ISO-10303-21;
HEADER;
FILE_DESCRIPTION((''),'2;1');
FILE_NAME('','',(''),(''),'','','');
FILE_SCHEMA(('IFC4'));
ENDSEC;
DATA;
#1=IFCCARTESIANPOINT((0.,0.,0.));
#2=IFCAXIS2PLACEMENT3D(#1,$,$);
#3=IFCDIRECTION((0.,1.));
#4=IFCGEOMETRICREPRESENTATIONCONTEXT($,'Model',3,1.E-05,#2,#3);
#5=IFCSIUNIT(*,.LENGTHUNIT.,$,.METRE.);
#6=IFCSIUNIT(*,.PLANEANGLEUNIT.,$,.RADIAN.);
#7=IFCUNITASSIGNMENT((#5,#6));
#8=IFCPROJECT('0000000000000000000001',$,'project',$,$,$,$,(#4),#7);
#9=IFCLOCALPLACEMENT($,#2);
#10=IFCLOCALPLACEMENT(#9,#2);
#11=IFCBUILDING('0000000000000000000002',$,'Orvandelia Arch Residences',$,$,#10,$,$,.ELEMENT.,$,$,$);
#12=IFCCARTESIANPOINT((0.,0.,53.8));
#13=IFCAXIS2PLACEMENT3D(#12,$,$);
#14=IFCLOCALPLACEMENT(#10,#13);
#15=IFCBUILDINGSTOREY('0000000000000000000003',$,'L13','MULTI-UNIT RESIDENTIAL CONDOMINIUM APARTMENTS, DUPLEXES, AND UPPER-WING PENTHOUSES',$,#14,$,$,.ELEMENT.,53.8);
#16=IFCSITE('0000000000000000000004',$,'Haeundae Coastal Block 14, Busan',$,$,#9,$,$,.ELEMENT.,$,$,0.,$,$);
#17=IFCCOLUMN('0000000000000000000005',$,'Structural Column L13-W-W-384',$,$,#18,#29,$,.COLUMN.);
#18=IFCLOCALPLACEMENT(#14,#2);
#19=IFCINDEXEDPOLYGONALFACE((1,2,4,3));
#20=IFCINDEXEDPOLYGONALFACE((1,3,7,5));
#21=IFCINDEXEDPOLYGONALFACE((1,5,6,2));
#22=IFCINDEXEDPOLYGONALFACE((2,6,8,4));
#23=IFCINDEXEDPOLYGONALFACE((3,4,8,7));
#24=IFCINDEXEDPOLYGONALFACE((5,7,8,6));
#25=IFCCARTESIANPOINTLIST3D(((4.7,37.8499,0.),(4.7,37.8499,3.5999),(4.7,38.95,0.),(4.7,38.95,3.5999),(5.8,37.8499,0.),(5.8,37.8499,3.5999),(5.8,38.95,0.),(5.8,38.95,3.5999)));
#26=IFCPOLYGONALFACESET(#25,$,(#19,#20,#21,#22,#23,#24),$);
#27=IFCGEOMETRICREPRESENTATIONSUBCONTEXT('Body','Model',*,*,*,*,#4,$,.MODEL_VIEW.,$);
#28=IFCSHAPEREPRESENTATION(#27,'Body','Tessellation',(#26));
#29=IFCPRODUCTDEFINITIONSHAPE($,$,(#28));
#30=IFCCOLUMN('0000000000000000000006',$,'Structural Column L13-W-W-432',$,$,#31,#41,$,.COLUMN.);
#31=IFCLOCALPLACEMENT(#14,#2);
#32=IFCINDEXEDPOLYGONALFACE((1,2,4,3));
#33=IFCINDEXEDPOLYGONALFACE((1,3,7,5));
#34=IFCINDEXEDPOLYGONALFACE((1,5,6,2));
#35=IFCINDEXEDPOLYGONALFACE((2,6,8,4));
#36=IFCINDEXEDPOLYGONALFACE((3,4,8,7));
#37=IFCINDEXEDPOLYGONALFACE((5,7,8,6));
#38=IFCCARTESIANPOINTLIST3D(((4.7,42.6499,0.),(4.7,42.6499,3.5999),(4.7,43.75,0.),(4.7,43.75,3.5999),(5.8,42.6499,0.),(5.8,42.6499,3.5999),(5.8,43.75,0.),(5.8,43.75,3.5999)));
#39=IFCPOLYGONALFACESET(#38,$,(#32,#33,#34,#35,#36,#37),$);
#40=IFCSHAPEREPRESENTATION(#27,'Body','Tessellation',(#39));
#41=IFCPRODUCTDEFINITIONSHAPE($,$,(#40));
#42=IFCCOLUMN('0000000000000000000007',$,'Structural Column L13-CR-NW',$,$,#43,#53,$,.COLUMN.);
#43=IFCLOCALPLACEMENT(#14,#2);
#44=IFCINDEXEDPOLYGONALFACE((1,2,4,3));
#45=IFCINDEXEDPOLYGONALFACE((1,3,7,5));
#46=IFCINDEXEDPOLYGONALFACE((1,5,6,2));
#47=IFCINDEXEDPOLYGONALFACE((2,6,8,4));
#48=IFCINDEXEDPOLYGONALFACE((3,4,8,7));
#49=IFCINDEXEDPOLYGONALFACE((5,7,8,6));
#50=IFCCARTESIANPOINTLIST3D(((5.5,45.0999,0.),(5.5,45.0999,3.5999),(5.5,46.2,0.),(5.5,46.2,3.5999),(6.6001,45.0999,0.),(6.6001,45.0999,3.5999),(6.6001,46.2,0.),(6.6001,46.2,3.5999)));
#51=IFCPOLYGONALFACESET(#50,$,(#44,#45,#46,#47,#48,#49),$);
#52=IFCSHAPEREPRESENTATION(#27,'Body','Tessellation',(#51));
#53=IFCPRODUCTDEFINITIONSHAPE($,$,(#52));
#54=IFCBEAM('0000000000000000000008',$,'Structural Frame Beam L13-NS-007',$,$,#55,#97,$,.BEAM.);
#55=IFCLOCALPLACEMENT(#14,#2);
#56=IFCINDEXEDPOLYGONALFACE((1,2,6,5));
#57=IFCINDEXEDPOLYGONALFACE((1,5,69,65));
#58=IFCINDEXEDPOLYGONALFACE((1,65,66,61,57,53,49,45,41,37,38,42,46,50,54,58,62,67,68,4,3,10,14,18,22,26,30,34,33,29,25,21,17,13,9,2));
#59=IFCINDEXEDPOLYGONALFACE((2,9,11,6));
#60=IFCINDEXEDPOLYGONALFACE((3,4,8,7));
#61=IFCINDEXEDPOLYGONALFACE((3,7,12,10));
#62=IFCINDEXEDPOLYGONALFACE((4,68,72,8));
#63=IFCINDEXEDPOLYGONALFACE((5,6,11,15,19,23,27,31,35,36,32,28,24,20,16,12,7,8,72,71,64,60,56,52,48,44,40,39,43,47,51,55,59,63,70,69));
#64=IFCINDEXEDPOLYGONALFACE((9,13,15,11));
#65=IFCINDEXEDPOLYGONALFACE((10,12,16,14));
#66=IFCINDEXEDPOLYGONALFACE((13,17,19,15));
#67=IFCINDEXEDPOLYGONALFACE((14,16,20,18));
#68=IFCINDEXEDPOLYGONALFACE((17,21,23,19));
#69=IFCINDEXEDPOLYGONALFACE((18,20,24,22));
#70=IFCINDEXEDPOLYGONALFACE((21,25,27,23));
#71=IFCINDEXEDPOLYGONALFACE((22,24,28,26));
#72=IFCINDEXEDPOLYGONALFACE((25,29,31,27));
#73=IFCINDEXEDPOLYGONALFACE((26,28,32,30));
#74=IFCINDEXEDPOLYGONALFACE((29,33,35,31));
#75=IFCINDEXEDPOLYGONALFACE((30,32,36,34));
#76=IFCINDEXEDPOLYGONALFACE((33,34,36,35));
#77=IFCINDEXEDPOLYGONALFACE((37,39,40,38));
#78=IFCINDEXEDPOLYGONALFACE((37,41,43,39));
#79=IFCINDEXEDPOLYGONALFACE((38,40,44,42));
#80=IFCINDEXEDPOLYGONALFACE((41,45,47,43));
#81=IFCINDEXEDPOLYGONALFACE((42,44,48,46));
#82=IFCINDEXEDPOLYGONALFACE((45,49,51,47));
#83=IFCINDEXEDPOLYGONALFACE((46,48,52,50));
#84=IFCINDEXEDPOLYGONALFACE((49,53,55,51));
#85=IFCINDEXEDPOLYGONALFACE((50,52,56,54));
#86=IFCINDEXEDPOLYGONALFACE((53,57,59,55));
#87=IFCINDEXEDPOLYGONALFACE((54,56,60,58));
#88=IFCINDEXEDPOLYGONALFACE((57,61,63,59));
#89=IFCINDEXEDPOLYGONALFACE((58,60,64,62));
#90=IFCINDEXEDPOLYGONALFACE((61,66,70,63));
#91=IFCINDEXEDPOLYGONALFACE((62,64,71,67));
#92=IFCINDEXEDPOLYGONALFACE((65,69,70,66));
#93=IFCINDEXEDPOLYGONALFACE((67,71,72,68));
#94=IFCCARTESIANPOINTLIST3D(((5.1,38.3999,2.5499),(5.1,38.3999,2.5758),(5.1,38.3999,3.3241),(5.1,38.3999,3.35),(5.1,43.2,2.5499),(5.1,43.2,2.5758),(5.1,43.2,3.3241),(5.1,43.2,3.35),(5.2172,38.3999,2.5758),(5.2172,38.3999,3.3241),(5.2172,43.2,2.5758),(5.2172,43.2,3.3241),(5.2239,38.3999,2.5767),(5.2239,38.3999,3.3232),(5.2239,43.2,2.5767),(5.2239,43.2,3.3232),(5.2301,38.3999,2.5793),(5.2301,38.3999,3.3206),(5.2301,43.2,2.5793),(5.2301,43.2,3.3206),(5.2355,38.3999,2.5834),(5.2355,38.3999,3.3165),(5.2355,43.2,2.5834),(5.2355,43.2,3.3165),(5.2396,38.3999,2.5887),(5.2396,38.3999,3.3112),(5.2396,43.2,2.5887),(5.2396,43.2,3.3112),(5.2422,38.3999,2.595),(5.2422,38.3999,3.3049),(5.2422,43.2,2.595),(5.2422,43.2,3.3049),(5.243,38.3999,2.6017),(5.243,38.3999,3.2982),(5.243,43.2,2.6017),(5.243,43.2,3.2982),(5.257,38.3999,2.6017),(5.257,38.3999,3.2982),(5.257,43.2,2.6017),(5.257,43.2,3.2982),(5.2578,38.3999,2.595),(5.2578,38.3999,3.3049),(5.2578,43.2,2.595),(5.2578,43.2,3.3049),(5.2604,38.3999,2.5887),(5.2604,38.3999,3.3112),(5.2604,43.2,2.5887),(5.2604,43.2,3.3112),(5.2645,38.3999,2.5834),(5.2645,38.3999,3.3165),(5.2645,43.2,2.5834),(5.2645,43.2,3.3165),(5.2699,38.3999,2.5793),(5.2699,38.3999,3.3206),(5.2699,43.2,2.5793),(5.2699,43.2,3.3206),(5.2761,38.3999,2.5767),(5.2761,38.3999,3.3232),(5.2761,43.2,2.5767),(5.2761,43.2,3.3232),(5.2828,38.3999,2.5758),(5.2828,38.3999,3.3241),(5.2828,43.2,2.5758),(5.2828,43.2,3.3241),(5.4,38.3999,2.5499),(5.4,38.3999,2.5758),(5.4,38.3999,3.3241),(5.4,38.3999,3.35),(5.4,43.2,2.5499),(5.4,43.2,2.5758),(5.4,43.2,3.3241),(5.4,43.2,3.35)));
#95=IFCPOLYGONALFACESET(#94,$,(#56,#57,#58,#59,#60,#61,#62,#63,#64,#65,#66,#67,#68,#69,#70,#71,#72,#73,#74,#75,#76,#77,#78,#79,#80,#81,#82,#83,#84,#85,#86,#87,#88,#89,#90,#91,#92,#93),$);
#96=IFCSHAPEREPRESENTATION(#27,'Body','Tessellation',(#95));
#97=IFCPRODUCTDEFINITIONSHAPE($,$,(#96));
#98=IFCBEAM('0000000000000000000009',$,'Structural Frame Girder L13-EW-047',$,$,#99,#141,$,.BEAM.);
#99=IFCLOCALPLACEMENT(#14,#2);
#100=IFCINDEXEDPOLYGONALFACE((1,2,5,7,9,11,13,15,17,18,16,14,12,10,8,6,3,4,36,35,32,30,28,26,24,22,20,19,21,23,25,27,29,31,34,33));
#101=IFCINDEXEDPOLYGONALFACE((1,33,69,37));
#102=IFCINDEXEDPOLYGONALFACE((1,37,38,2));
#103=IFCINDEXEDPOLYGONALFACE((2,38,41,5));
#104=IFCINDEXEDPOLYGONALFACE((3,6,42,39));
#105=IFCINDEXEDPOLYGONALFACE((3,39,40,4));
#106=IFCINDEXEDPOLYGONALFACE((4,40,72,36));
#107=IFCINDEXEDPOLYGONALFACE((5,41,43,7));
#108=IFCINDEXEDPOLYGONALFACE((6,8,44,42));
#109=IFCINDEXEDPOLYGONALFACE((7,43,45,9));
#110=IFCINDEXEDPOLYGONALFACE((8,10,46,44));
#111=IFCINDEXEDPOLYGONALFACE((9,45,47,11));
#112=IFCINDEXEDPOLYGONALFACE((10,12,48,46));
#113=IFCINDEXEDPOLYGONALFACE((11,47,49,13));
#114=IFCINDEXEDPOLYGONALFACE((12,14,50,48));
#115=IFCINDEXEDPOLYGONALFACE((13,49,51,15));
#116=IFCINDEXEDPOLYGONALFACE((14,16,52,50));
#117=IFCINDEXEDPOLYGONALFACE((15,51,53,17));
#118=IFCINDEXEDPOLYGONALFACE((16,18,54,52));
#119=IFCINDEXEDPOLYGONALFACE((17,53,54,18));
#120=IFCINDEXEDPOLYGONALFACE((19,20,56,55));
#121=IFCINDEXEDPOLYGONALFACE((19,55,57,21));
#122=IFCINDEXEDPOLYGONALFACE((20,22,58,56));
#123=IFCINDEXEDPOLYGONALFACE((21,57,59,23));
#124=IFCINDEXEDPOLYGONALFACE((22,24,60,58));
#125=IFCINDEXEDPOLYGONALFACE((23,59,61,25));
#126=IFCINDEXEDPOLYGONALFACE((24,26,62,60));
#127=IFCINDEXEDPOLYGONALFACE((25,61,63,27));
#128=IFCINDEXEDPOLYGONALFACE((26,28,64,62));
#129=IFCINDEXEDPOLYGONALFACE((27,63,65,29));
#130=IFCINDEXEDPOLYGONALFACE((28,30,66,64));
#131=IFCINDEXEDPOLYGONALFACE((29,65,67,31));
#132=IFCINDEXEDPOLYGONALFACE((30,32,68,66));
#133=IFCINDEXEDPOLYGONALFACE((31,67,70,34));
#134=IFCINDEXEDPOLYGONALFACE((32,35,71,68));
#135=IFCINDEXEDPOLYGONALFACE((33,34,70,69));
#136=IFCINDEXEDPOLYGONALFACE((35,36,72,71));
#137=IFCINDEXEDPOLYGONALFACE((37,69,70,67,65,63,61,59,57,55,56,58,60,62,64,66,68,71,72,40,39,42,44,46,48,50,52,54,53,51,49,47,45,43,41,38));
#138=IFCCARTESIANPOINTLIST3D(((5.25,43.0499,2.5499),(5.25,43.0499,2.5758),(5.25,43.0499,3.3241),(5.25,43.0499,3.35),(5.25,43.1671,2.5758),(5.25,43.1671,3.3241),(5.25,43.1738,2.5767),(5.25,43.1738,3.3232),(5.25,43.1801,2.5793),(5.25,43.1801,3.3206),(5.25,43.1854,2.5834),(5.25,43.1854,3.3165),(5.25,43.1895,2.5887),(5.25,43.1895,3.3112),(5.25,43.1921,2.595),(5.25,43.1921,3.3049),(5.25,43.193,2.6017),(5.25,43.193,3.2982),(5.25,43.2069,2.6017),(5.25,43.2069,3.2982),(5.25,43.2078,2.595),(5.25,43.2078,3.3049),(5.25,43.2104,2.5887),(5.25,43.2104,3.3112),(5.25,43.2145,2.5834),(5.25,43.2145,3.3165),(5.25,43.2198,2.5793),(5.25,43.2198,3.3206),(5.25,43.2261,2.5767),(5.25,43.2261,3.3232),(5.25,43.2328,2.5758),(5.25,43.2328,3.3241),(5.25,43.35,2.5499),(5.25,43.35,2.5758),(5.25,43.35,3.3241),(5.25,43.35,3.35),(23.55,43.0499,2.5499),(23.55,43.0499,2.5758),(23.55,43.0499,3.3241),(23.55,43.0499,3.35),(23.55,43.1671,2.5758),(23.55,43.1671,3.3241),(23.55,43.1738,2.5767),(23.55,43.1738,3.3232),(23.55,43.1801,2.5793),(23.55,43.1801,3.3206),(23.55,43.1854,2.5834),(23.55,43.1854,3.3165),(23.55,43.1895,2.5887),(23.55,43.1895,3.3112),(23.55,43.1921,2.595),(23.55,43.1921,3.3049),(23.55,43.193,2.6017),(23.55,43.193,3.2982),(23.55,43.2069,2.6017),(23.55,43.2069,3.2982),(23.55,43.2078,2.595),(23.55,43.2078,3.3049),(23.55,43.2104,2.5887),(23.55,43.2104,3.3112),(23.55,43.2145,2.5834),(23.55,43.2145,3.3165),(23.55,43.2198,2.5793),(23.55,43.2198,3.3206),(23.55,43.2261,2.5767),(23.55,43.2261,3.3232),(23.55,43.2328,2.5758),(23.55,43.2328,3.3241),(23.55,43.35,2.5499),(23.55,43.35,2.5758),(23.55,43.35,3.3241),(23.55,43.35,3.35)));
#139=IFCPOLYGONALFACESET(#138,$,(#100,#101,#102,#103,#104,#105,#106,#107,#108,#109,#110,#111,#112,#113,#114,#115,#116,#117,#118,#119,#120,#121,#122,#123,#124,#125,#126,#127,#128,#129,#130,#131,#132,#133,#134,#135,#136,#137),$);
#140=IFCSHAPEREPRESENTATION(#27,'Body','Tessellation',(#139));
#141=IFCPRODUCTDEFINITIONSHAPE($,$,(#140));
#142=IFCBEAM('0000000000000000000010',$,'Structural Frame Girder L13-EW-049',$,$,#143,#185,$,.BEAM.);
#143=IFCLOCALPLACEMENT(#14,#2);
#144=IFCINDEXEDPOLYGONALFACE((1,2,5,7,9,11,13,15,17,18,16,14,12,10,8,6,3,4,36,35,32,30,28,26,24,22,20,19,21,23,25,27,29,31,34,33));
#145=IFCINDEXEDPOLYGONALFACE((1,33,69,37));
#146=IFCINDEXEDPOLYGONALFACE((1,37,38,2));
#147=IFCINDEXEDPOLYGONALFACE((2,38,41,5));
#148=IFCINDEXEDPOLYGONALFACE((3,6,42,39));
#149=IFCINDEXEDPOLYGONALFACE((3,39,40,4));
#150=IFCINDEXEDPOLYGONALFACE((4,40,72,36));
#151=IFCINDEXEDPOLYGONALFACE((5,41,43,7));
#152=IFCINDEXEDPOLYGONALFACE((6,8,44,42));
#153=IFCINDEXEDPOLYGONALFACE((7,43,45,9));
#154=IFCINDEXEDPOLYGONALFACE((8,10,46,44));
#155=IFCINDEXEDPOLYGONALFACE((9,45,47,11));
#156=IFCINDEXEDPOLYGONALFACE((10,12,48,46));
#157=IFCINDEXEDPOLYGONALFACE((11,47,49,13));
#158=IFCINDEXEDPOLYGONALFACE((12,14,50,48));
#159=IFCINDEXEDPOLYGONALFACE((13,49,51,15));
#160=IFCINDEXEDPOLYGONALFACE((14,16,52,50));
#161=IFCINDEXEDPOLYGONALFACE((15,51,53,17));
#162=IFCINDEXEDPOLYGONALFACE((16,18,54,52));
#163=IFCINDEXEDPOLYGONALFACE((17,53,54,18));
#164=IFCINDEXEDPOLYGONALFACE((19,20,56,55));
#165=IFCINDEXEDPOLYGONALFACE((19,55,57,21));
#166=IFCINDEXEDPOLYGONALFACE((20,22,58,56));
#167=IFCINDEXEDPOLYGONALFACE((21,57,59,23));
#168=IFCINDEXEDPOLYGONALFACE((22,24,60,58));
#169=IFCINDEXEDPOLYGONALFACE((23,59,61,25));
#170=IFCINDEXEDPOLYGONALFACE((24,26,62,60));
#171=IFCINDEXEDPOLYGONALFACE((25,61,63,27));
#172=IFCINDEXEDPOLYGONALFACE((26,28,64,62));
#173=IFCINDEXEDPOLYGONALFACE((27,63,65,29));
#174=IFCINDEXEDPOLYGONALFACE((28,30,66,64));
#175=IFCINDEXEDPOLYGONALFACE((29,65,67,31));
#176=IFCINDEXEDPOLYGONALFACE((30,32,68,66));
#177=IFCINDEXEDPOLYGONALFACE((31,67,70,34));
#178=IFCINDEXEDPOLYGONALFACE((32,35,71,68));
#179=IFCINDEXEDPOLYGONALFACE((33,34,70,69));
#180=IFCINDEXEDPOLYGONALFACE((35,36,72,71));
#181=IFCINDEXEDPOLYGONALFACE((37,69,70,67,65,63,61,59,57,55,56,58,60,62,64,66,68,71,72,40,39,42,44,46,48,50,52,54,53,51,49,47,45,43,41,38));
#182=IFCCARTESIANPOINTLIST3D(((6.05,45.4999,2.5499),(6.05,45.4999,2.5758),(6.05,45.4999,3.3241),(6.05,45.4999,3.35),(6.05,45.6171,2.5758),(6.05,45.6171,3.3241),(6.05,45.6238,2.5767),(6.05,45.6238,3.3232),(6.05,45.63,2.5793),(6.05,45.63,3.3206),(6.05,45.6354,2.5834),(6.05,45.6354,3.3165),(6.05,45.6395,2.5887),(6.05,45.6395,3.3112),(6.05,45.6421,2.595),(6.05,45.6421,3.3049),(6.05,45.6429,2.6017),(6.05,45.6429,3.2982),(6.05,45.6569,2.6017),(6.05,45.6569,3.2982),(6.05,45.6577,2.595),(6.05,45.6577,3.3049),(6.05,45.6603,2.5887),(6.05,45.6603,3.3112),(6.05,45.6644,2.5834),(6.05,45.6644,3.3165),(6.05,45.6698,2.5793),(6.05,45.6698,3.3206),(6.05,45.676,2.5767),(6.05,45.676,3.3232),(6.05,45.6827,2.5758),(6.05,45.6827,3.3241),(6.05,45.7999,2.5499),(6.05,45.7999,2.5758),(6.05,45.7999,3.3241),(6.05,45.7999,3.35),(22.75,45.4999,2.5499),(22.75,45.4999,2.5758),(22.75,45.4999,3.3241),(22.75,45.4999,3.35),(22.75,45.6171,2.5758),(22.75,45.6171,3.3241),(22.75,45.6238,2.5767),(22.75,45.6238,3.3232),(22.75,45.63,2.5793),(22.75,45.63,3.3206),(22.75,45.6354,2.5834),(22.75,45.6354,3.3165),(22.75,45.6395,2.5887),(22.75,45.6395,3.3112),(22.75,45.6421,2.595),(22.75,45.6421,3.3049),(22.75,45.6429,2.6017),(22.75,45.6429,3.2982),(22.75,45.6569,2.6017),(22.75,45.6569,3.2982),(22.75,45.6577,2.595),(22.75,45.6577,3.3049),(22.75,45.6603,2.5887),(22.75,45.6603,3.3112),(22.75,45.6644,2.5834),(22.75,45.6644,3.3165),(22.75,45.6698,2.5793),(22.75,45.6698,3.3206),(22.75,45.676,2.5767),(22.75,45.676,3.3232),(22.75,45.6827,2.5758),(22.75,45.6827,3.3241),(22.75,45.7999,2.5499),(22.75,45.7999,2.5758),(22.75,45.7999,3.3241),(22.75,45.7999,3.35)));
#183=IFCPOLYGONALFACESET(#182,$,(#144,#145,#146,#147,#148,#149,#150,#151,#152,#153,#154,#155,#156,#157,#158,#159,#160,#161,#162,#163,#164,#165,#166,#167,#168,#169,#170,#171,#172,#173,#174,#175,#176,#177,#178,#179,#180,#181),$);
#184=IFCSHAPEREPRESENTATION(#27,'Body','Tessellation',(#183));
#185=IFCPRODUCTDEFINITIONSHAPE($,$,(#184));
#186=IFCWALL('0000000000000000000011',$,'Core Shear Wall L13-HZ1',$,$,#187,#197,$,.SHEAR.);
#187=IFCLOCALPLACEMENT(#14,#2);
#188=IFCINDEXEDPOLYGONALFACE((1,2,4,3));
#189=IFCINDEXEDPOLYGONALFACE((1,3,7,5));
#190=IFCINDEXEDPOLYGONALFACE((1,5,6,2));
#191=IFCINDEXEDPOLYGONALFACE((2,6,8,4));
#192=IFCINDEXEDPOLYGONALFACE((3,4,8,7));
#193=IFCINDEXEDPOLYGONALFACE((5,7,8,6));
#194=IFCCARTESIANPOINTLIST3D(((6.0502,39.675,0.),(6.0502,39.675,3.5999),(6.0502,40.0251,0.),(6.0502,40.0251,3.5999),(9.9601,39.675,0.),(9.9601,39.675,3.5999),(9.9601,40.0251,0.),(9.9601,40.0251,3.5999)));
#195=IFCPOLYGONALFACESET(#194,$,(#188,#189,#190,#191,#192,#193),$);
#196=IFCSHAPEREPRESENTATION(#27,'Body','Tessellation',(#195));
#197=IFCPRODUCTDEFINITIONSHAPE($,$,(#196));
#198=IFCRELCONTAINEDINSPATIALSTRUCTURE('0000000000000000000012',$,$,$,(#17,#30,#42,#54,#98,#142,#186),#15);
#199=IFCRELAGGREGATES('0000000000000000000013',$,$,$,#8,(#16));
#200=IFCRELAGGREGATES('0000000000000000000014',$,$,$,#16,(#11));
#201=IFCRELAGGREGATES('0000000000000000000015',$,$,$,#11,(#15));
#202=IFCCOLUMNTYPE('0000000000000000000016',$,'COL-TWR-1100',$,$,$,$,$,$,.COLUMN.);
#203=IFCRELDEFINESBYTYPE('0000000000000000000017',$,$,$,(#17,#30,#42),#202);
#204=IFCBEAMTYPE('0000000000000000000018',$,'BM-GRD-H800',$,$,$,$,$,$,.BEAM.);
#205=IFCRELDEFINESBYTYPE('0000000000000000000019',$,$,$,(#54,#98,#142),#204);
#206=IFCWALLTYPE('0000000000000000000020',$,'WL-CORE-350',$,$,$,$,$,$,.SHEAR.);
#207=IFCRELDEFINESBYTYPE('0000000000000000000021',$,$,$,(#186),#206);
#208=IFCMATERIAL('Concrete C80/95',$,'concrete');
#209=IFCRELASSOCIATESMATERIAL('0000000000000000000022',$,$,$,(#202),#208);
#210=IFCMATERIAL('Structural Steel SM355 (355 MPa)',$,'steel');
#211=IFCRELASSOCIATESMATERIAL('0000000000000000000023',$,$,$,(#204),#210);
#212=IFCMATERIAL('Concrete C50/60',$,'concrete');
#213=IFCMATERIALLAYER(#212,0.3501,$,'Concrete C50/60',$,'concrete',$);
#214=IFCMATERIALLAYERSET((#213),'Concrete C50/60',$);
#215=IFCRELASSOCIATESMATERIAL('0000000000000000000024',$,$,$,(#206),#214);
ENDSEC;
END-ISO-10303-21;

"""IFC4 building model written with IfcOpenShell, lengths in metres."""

from ifc_helpers import new_model, si_unit, direction, frame, frame_2d, origin, origin_2d, place, context, subcontext, project, spatial, rectangle, i_section, extrude, material, layer, layer_set, material_profile, profile_set, type_object, element, save


model = new_model("IFC4")

# Units and contexts
model_context = context("Model", 3, precision=1e-05, world=origin(), true_north=direction((0.0, 1.0)))
body_context = subcontext(model_context, "Body", "Model", "MODEL_VIEW")
ifc_project = project(units=[si_unit("LENGTHUNIT", "METRE"), si_unit("PLANEANGLEUNIT", "RADIAN")], contexts=[model_context])

# Site, building, storey
site_placement = place(None, origin())
site = spatial("IfcSite", under=ifc_project, at=site_placement, Name="Haeundae Coastal Block 14, Busan", CompositionType="ELEMENT", RefElevation=0.0)
building_placement = place(site_placement, origin())
building = spatial("IfcBuilding", under=site, at=building_placement, Name="Orvandelia Arch Residences", CompositionType="ELEMENT")
storey_placement = place(building_placement, frame((0.0, 0.0, 53.8)))
storey = spatial("IfcBuildingStorey", under=building, at=storey_placement, Name="L13", Description="MULTI-UNIT RESIDENTIAL CONDOMINIUM APARTMENTS, DUPLEXES, AND UPPER-WING PENTHOUSES", CompositionType="ELEMENT", Elevation=53.8)

# Columns
ifc_material_1 = material(Name="Concrete C80/95", Category="concrete")
ifc_material_profile_1 = material_profile(ifc_material_1, rectangle(XDim=1.1001, YDim=1.1001, at=origin_2d()), Name="Concrete C80/95", Category="concrete")
ifc_profile_set_1 = profile_set([ifc_material_profile_1], Name="Concrete C80/95")
column_type = type_object("IfcColumnType", Name="COL-TWR-1100", PredefinedType="COLUMN", material=ifc_profile_set_1)
for number, where, z_axis, x_axis, name in (
    (1, (5.25, 38.3999, 0.0), (0.0, 0.0, 1.0), (1.0, 0.0, 0.0), "Structural Column L13-W-W-384"),
    (2, (5.25, 43.2, 0.0), (0.0, 0.0, 1.0), (1.0, 0.0, 0.0), "Structural Column L13-W-W-432"),
    (3, (6.05, 45.6499, 0.0), (0.0, 0.0, 1.0), (1.0, 0.0, 0.0), "Structural Column L13-CR-NW"),
):
    element("IfcColumn", number, at=place(storey_placement, frame(where, z_axis=z_axis, x_axis=x_axis)), inside=storey, type_object=column_type, Name=name, PredefinedType="COLUMN", context=body_context, shape_type="SweptSolid", body=[
        extrude(rectangle(XDim=1.1001, YDim=1.1001, at=origin_2d()), origin(), (0.0, 0.0, 1.0), 3.5999),
    ])

# Beams
ifc_material_2 = material(Name="Structural Steel SM355 (355 MPa)", Category="steel")
ifc_material_profile_2 = material_profile(ifc_material_2, i_section(OverallWidth=0.3, OverallDepth=0.8, WebThickness=0.0139, FlangeThickness=0.0259, FilletRadius=0.0259, at=origin_2d()), Name="Structural Steel SM355 (355 MPa)", Category="steel")
ifc_profile_set_2 = profile_set([ifc_material_profile_2], Name="Structural Steel SM355 (355 MPa)")
beam_type = type_object("IfcBeamType", Name="BM-GRD-H800", PredefinedType="BEAM", material=ifc_profile_set_2)
beam_1_placement = place(storey_placement, frame((5.25, 38.3999, 2.95), z_axis=(0.0, 1.0, 0.0), x_axis=(-1.0, 0.0, 0.0)))
element("IfcBeam", 4, at=beam_1_placement, inside=storey, type_object=beam_type, Name="Structural Frame Beam L13-NS-007", PredefinedType="BEAM", context=body_context, shape_type="SweptSolid", body=[
    extrude(i_section(OverallWidth=0.3, OverallDepth=0.8, WebThickness=0.0139, FlangeThickness=0.0259, FilletRadius=0.0259, at=origin_2d()), origin(), (0.0, 0.0, 1.0), 4.8),
])
beam_2_placement = place(storey_placement, frame((5.25, 43.2, 2.95), z_axis=(1.0, 0.0, 0.0), x_axis=(0.0, 1.0, 0.0)))
element("IfcBeam", 5, at=beam_2_placement, inside=storey, type_object=beam_type, Name="Structural Frame Girder L13-EW-047", PredefinedType="BEAM", context=body_context, shape_type="SweptSolid", body=[
    extrude(i_section(OverallWidth=0.3, OverallDepth=0.8, WebThickness=0.0139, FlangeThickness=0.0259, FilletRadius=0.0259, at=origin_2d()), origin(), (0.0, 0.0, 1.0), 18.3),
])
beam_3_placement = place(storey_placement, frame((6.05, 45.6499, 2.95), z_axis=(1.0, 0.0, 0.0), x_axis=(0.0, 1.0, 0.0)))
element("IfcBeam", 6, at=beam_3_placement, inside=storey, type_object=beam_type, Name="Structural Frame Girder L13-EW-049", PredefinedType="BEAM", context=body_context, shape_type="SweptSolid", body=[
    extrude(i_section(OverallWidth=0.3, OverallDepth=0.8, WebThickness=0.0139, FlangeThickness=0.0259, FilletRadius=0.0259, at=origin_2d()), origin(), (0.0, 0.0, 1.0), 16.7),
])

# Wall
ifc_material_3 = material(Name="Concrete C50/60", Category="concrete")
ifc_layer_1 = layer(ifc_material_3, 0.3501, Name="Concrete C50/60", Category="concrete")
ifc_layer_set_1 = layer_set([ifc_layer_1], Name="Concrete C50/60")
wall_type_1 = type_object("IfcWallType", Name="WL-CORE-350", PredefinedType="SHEAR", material=ifc_layer_set_1)
wall_1_placement = place(storey_placement, frame((6.05, 39.8501, 0.0), z_axis=(0.0, 0.0, 1.0), x_axis=(1.0, 0.0, 0.0)))
element("IfcWall", 7, at=wall_1_placement, inside=storey, type_object=wall_type_1, Name="Core Shear Wall L13-HZ1", PredefinedType="SHEAR", context=body_context, shape_type="SweptSolid", body=[
    extrude(rectangle(XDim=3.9099, YDim=0.3501, at=frame_2d((1.9551, 0.0))), origin(), (0.0, 0.0, 1.0), 3.5999),
])

save(model, "model.ifc")
